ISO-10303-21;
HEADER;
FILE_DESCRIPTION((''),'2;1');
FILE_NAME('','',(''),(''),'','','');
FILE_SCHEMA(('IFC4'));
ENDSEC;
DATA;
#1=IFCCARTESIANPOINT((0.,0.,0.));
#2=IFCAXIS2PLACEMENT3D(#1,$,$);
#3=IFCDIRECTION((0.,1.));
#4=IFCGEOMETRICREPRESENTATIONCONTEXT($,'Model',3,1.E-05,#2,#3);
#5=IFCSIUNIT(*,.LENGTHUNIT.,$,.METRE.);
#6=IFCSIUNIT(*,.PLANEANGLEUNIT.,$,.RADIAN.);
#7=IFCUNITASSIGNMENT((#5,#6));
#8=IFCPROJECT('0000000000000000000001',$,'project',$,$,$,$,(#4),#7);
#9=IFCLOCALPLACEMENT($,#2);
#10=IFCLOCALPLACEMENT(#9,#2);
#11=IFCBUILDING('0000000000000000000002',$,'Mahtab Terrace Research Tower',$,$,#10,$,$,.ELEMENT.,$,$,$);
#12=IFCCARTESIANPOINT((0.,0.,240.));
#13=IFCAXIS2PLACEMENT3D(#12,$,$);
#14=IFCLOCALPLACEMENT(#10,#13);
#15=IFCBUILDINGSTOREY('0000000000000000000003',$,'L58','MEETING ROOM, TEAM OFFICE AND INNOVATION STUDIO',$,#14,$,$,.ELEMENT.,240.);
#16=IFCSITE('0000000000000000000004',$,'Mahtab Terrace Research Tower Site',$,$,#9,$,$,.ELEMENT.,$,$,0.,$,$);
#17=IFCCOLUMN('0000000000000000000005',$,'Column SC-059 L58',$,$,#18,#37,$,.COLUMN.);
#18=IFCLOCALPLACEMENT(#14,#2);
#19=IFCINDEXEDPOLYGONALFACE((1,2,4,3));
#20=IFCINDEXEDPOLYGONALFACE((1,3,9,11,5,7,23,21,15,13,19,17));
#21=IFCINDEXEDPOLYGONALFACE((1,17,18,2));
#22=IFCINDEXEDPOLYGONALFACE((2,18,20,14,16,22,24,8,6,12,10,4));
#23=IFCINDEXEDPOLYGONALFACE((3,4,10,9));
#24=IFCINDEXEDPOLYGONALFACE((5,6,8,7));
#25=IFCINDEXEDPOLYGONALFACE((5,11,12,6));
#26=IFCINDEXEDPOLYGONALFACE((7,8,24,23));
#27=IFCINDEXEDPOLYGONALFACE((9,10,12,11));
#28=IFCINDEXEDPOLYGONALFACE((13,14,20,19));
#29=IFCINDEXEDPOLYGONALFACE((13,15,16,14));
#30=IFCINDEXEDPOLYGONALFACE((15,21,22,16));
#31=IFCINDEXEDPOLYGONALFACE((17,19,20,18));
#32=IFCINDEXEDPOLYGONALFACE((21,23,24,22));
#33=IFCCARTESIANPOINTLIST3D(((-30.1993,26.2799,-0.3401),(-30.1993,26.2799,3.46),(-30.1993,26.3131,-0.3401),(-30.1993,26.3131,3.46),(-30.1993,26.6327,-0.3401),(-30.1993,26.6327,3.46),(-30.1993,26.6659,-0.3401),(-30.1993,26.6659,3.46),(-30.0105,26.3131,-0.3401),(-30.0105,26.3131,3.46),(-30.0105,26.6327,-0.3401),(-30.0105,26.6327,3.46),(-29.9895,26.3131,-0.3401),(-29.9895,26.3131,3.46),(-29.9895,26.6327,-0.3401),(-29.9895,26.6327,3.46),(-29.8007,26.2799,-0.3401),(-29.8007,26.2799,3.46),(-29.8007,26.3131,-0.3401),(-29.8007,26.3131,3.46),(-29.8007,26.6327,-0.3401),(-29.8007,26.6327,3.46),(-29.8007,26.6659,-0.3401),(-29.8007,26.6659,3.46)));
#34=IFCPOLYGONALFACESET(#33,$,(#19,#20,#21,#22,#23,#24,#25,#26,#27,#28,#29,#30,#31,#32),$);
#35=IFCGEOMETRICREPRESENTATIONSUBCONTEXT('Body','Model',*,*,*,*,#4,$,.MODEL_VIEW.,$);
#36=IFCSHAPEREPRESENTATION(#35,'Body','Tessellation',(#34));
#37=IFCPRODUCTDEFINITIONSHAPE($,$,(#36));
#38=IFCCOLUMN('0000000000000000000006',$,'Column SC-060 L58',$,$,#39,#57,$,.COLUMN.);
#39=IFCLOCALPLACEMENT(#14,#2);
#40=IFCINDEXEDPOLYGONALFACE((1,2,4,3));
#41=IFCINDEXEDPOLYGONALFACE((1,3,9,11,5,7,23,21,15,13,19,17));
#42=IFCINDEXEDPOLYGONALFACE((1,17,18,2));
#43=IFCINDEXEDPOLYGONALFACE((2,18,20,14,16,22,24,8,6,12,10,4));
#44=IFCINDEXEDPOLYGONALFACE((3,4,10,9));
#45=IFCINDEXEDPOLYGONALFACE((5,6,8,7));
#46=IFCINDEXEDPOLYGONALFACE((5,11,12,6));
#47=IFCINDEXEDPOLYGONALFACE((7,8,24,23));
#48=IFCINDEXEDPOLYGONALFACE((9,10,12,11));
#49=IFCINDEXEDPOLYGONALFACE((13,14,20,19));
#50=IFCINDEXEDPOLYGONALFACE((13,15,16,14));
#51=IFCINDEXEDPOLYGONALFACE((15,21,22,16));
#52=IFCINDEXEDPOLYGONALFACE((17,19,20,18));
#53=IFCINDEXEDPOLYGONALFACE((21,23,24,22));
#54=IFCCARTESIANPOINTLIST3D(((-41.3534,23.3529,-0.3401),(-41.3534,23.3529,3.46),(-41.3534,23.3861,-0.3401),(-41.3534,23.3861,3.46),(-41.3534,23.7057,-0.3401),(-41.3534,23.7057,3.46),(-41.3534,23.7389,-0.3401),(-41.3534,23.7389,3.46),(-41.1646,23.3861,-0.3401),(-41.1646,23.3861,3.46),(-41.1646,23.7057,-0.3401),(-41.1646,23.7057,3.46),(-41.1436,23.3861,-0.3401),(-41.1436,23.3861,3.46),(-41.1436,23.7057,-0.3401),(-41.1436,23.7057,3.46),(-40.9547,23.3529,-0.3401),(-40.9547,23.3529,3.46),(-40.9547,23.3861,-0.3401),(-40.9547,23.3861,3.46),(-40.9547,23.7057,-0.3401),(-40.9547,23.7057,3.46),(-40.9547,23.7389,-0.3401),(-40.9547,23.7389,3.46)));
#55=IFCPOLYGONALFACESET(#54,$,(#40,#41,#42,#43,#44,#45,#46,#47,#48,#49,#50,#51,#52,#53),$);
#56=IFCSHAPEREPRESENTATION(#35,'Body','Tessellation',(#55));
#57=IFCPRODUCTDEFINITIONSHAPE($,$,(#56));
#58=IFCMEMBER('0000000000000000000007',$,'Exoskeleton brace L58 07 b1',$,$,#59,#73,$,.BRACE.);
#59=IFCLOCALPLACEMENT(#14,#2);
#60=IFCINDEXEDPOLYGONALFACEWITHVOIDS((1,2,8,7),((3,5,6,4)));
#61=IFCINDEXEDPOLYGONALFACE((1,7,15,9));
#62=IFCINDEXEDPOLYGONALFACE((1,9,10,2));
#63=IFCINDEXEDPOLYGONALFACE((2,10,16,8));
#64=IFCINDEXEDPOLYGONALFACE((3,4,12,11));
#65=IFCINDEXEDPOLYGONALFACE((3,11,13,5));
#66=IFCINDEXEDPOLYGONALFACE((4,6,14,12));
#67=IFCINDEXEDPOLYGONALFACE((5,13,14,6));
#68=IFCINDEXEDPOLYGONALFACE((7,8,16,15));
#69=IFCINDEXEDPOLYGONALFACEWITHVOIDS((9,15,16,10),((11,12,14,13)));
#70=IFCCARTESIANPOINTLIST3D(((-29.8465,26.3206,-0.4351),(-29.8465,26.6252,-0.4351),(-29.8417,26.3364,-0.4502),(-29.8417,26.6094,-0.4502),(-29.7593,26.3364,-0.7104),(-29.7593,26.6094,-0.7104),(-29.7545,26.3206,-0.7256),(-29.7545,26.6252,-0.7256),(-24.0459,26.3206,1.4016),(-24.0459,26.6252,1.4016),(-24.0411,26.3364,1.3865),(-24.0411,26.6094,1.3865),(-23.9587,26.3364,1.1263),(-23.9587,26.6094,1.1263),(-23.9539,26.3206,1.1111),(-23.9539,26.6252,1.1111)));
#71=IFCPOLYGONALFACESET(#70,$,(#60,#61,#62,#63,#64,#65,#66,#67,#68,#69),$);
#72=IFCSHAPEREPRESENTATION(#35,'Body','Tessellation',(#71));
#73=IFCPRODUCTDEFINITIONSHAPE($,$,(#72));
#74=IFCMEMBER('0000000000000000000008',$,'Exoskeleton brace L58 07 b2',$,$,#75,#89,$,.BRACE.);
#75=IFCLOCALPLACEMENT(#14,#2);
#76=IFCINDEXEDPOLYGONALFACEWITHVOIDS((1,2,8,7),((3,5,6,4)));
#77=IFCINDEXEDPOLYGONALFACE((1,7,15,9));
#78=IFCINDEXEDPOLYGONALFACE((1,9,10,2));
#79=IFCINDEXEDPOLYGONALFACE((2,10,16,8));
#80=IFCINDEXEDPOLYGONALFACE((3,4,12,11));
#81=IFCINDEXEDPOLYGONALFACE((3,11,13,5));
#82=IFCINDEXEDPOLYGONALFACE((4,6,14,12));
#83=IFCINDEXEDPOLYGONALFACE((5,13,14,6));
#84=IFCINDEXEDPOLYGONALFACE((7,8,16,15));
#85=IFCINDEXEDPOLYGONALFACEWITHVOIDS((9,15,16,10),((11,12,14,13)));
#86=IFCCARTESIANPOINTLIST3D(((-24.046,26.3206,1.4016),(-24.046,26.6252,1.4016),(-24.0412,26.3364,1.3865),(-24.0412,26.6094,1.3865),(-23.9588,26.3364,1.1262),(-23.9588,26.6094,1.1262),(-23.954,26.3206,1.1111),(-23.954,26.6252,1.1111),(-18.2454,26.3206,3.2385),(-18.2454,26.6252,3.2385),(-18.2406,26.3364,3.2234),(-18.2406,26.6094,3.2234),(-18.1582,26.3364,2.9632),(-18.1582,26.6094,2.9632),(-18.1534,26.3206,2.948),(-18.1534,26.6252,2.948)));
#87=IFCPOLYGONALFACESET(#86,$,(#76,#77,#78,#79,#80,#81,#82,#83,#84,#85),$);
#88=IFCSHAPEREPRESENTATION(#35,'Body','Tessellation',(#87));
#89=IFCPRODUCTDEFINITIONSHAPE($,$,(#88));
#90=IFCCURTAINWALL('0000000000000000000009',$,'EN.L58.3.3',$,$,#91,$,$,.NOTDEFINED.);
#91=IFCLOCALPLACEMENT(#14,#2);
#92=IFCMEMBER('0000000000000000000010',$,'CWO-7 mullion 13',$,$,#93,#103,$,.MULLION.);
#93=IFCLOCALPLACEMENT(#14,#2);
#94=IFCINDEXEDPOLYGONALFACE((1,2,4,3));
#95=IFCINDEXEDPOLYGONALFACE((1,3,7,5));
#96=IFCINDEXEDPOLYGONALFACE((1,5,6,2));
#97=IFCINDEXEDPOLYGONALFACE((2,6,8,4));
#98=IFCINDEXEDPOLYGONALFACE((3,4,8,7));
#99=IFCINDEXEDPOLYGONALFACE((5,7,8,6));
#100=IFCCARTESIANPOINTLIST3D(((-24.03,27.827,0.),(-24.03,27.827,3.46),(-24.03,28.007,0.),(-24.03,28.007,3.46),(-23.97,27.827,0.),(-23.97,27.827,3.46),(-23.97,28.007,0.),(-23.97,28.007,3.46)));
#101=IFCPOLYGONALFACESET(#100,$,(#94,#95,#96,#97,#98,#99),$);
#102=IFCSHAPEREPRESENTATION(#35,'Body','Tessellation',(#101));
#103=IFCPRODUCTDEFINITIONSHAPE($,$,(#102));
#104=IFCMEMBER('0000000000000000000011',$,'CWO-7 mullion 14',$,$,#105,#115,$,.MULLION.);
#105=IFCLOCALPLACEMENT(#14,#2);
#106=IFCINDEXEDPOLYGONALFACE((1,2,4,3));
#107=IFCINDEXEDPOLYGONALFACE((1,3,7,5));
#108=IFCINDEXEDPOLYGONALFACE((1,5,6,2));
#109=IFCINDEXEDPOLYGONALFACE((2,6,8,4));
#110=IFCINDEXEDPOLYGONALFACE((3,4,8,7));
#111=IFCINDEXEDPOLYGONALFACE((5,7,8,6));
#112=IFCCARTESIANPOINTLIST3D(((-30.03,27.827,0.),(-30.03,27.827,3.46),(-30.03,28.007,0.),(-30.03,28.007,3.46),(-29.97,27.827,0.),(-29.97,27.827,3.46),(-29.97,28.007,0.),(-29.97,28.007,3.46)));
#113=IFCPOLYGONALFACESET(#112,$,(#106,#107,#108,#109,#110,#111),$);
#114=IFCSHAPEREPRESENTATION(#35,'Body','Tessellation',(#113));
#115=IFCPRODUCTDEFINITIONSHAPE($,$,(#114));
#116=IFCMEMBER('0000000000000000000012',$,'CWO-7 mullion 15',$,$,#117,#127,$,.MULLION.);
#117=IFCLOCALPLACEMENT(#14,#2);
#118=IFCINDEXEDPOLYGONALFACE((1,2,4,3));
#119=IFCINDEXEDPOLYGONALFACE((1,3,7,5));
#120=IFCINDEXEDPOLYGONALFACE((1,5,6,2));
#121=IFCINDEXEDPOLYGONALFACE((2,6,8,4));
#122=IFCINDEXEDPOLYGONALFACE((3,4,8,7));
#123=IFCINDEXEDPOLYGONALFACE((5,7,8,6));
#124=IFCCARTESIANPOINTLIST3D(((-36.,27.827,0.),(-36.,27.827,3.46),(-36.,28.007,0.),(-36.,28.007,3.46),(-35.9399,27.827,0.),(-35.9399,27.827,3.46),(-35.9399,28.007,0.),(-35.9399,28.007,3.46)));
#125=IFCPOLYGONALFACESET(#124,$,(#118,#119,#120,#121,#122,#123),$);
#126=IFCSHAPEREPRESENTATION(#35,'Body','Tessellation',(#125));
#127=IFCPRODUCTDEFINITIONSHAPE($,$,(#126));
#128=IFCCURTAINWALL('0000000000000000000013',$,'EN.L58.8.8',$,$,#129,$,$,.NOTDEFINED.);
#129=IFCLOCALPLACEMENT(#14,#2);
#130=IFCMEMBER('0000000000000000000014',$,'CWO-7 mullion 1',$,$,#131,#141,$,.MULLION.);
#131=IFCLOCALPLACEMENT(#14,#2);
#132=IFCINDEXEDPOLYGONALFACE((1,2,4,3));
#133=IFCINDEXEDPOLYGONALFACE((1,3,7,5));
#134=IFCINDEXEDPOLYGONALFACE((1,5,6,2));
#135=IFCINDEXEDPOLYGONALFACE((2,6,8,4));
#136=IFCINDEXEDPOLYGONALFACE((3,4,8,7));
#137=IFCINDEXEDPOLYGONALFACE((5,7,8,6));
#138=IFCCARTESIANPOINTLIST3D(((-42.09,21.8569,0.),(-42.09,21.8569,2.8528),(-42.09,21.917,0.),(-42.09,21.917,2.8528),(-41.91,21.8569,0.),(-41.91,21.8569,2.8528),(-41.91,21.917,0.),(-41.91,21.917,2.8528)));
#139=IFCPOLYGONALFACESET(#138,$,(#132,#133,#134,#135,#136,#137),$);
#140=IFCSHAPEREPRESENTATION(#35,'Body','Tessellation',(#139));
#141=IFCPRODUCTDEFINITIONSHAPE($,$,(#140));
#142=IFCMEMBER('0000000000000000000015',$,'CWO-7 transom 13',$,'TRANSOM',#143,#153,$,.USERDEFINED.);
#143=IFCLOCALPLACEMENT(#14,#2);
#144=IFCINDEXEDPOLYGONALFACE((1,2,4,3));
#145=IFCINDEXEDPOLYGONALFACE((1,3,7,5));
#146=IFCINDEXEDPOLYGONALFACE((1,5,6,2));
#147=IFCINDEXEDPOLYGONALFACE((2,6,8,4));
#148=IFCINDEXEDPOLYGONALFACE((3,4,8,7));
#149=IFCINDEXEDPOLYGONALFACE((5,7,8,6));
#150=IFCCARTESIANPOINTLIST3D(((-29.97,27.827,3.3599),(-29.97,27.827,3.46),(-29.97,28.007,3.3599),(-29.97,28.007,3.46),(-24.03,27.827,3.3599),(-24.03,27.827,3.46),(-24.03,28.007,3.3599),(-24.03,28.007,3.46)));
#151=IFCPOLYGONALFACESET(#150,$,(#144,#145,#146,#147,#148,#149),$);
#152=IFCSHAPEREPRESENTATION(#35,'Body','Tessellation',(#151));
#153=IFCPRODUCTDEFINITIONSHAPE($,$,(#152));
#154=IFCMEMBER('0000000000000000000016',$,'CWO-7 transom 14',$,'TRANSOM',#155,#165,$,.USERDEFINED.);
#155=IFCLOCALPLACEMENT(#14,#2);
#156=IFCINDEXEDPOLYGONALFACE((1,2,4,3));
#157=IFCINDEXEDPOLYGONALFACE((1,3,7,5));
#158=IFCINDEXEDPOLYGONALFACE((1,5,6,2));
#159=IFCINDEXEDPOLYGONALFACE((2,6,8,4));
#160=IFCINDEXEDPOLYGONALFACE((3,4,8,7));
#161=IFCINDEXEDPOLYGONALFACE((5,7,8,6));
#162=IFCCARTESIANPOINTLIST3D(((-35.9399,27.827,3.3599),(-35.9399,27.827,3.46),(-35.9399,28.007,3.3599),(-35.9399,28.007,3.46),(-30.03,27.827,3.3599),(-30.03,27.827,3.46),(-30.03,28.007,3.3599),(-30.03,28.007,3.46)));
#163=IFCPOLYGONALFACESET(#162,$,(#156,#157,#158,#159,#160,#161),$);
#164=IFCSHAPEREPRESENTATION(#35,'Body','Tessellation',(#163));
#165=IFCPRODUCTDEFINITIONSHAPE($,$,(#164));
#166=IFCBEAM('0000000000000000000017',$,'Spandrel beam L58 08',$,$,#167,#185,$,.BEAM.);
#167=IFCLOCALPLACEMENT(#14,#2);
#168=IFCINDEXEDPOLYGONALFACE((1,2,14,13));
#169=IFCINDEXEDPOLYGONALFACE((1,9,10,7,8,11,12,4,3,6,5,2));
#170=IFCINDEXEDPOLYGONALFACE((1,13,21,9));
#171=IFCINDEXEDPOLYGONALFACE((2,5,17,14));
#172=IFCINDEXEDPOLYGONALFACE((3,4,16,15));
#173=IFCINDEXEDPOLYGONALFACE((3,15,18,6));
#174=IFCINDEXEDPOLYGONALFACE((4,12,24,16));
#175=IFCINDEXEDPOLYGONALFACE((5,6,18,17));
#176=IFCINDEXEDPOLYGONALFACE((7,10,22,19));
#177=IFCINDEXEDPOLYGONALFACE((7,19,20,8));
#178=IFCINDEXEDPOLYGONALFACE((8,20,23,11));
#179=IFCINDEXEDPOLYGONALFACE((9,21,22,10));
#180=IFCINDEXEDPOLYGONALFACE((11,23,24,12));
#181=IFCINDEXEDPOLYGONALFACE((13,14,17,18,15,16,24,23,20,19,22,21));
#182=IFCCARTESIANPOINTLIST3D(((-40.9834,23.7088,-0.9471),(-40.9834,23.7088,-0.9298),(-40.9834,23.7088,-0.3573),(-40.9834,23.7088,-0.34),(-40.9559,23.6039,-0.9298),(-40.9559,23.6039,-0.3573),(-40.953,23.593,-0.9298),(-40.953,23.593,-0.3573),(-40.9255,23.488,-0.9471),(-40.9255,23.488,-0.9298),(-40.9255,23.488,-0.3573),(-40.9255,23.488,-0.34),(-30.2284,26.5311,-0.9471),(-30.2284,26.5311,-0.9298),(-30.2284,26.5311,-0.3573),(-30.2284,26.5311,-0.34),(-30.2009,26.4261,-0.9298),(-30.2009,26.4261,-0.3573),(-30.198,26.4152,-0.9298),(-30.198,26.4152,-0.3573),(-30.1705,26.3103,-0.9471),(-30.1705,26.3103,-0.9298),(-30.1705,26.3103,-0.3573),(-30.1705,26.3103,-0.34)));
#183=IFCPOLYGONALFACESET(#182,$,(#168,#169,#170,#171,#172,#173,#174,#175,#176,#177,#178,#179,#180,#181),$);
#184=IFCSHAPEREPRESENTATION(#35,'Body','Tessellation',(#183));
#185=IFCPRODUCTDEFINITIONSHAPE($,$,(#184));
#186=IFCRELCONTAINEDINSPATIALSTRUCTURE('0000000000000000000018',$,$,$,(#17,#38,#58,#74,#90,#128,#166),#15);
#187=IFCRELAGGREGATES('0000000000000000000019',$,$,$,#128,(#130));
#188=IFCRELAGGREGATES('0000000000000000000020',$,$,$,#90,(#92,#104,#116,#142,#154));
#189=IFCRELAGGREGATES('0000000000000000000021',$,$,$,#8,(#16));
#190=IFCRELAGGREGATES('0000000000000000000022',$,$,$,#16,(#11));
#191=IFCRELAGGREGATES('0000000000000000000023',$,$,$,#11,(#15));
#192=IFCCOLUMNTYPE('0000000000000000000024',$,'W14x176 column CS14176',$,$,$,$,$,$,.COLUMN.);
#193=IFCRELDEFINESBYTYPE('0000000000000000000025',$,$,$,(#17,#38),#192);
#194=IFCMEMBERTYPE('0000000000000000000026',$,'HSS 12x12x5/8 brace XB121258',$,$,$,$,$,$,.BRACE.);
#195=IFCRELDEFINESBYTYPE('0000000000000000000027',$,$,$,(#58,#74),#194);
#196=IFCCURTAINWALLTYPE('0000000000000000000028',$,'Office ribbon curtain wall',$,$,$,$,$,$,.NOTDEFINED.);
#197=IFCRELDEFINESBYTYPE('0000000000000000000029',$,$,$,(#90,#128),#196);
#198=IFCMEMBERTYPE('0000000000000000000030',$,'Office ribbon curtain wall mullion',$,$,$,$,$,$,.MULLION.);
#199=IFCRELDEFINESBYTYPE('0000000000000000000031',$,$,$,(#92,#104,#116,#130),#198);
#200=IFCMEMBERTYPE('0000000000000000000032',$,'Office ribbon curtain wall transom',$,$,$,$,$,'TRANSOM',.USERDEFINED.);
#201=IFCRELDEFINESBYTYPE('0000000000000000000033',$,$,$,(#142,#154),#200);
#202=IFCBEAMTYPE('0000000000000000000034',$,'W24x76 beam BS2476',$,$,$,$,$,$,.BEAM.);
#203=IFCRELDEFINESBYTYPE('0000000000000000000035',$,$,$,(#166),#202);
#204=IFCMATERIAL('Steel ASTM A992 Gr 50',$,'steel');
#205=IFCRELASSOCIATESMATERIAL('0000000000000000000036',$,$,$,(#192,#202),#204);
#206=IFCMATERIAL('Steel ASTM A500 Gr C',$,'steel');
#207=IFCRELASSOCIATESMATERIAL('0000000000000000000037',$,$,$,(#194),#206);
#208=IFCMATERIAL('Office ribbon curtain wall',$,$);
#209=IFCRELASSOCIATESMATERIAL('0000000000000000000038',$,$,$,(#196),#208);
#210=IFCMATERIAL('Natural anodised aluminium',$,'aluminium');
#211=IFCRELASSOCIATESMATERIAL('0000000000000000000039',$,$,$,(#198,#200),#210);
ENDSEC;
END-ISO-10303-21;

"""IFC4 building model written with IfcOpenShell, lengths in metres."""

from ifc_helpers import new_model, si_unit, direction, frame, origin, origin_2d, place, context, subcontext, project, spatial, rectangle, hollow_rectangle, i_section, extrude, material, material_profile, profile_set, type_object, element, aggregate, save


model = new_model("IFC4")

# Units and contexts
model_context = context("Model", 3, precision=1e-05, world=origin(), true_north=direction((0.0, 1.0)))
body_context = subcontext(model_context, "Body", "Model", "MODEL_VIEW")
ifc_project = project(units=[si_unit("LENGTHUNIT", "METRE"), si_unit("PLANEANGLEUNIT", "RADIAN")], contexts=[model_context])

# Site, building, storey
site_placement = place(None, origin())
site = spatial("IfcSite", under=ifc_project, at=site_placement, Name="Mahtab Terrace Research Tower Site", CompositionType="ELEMENT", RefElevation=0.0)
building_placement = place(site_placement, origin())
building = spatial("IfcBuilding", under=site, at=building_placement, Name="Mahtab Terrace Research Tower", CompositionType="ELEMENT")
storey_placement = place(building_placement, frame((0.0, 0.0, 240.0)))
storey = spatial("IfcBuildingStorey", under=building, at=storey_placement, Name="L58", Description="MEETING ROOM, TEAM OFFICE AND INNOVATION STUDIO", CompositionType="ELEMENT", Elevation=240.0)

# Columns
ifc_material_1 = material(Name="Steel ASTM A992 Gr 50", Category="steel")
ifc_material_profile_1 = material_profile(ifc_material_1, i_section(OverallWidth=0.3987, OverallDepth=0.386, WebThickness=0.021, FlangeThickness=0.0332, at=origin_2d()), Name="W14X176")
ifc_profile_set_1 = profile_set([ifc_material_profile_1], Name="Steel ASTM A992 Gr 50")
column_type = type_object("IfcColumnType", Name="W14x176 column CS14176", PredefinedType="COLUMN", material=ifc_profile_set_1)
for number, where, z_axis, x_axis, name in (
    (1, (-30.0, 26.4729, -0.3401), (0.0, 0.0, 1.0), (1.0, 0.0, 0.0), "Column SC-059 L58"),
    (2, (-41.1541, 23.5459, -0.3401), (0.0, 0.0, 1.0), (1.0, 0.0, 0.0), "Column SC-060 L58"),
):
    element("IfcColumn", number, at=place(storey_placement, frame(where, z_axis=z_axis, x_axis=x_axis)), inside=storey, type_object=column_type, Name=name, PredefinedType="COLUMN", context=body_context, shape_type="SweptSolid", body=[
        extrude(i_section(OverallWidth=0.3987, OverallDepth=0.386, WebThickness=0.021, FlangeThickness=0.0332, at=origin_2d()), origin(), (0.0, 0.0, 1.0), 3.8),
    ])

# Members
ifc_material_2 = material(Name="Steel ASTM A500 Gr C", Category="steel")
ifc_material_profile_2 = material_profile(ifc_material_2, hollow_rectangle(XDim=0.3047, YDim=0.3047, WallThickness=0.0159, at=origin_2d()), Name="HSS12X12X5/8")
ifc_profile_set_2 = profile_set([ifc_material_profile_2], Name="Steel ASTM A500 Gr C")
member_type_1 = type_object("IfcMemberType", Name="HSS 12x12x5/8 brace XB121258", PredefinedType="BRACE", material=ifc_profile_set_2)
for number, where, z_axis, x_axis, name in (
    (3, (-29.8005, 26.4729, -0.5803), (0.95335, 0.0, 0.301867), (0.0, 1.0, 0.0), "Exoskeleton brace L58 07 b1"),
    (4, (-24.0, 26.4729, 1.2563), (0.953339, 0.0, 0.301903), (0.0, 1.0, 0.0), "Exoskeleton brace L58 07 b2"),
):
    element("IfcMember", number, at=place(storey_placement, frame(where, z_axis=z_axis, x_axis=x_axis)), inside=storey, type_object=member_type_1, Name=name, PredefinedType="BRACE", context=body_context, shape_type="SweptSolid", body=[
        extrude(hollow_rectangle(XDim=0.3047, YDim=0.3047, WallThickness=0.0159, at=origin_2d()), origin(), (0.0, 0.0, 1.0), 6.0845),
    ])

# Curtain wall, members
ifc_material_3 = material(Name="Office ribbon curtain wall")
curtain_wall_type = type_object("IfcCurtainWallType", Name="Office ribbon curtain wall", PredefinedType="NOTDEFINED", material=ifc_material_3)
curtain_wall_1_placement = place(storey_placement, origin())
curtain_wall_1 = element("IfcCurtainWall", 5, at=curtain_wall_1_placement, inside=storey, type_object=curtain_wall_type, Name="EN.L58.3.3", PredefinedType="NOTDEFINED")
ifc_material_4 = material(Name="Natural anodised aluminium", Category="aluminium")
ifc_material_profile_3 = material_profile(ifc_material_4, rectangle(XDim=0.1799, YDim=0.0601, at=origin_2d()), Name="MULLION 60x180")
ifc_profile_set_3 = profile_set([ifc_material_profile_3], Name="Natural anodised aluminium")
member_type_2 = type_object("IfcMemberType", Name="Office ribbon curtain wall mullion", PredefinedType="MULLION", material=ifc_profile_set_3)
member_1_placement = place(storey_placement, frame((-24.0, 27.917, 0.0), z_axis=(0.0, 0.0, 1.0), x_axis=(0.0, -1.0, 0.0)))
member_1 = element("IfcMember", 6, at=member_1_placement, type_object=member_type_2, Name="CWO-7 mullion 13", PredefinedType="MULLION", context=body_context, shape_type="SweptSolid", body=[
    extrude(rectangle(XDim=0.1799, YDim=0.0601, at=origin_2d()), origin(), (0.0, 0.0, 1.0), 3.46),
])
member_2_placement = place(storey_placement, frame((-30.0, 27.917, 0.0), z_axis=(0.0, 0.0, 1.0), x_axis=(0.0, -1.0, 0.0)))
member_2 = element("IfcMember", 7, at=member_2_placement, type_object=member_type_2, Name="CWO-7 mullion 14", PredefinedType="MULLION", context=body_context, shape_type="SweptSolid", body=[
    extrude(rectangle(XDim=0.1799, YDim=0.0601, at=origin_2d()), origin(), (0.0, 0.0, 1.0), 3.46),
])
member_3_placement = place(storey_placement, frame((-35.97, 27.917, 0.0), z_axis=(0.0, 0.0, 1.0), x_axis=(0.0, -1.0, 0.0)))
member_3 = element("IfcMember", 8, at=member_3_placement, type_object=member_type_2, Name="CWO-7 mullion 15", PredefinedType="MULLION", context=body_context, shape_type="SweptSolid", body=[
    extrude(rectangle(XDim=0.1799, YDim=0.0601, at=origin_2d()), origin(), (0.0, 0.0, 1.0), 3.46),
])

# Curtain wall, member
curtain_wall_2_placement = place(storey_placement, origin())
curtain_wall_2 = element("IfcCurtainWall", 9, at=curtain_wall_2_placement, inside=storey, type_object=curtain_wall_type, Name="EN.L58.8.8", PredefinedType="NOTDEFINED")
member_4_placement = place(storey_placement, frame((-42.0, 21.887, 0.0), z_axis=(0.0, 0.0, 1.0), x_axis=(1.0, 0.0, 0.0)))
member_4 = element("IfcMember", 10, at=member_4_placement, type_object=member_type_2, Name="CWO-7 mullion 1", PredefinedType="MULLION", context=body_context, shape_type="SweptSolid", body=[
    extrude(rectangle(XDim=0.1799, YDim=0.0601, at=origin_2d()), origin(), (0.0, 0.0, 1.0), 2.8528),
])
aggregate(curtain_wall_2, [member_4])

# Members
ifc_material_profile_4 = material_profile(ifc_material_4, rectangle(XDim=0.1799, YDim=0.1001, at=origin_2d()), Name="TRANSOM 100x180")
ifc_profile_set_4 = profile_set([ifc_material_profile_4], Name="Natural anodised aluminium")
member_type_3 = type_object("IfcMemberType", Name="Office ribbon curtain wall transom", ElementType="TRANSOM", PredefinedType="USERDEFINED", material=ifc_profile_set_4)
member_5_placement = place(storey_placement, frame((-24.03, 27.917, 3.4099), z_axis=(-1.0, 0.0, 0.0), x_axis=(0.0, -1.0, 0.0)))
member_5 = element("IfcMember", 11, at=member_5_placement, type_object=member_type_3, Name="CWO-7 transom 13", ObjectType="TRANSOM", PredefinedType="USERDEFINED", context=body_context, shape_type="SweptSolid", body=[
    extrude(rectangle(XDim=0.1799, YDim=0.1001, at=origin_2d()), origin(), (0.0, 0.0, 1.0), 5.9399),
])
member_6_placement = place(storey_placement, frame((-30.03, 27.917, 3.4099), z_axis=(-1.0, 0.0, 0.0), x_axis=(0.0, -1.0, 0.0)))
member_6 = element("IfcMember", 12, at=member_6_placement, type_object=member_type_3, Name="CWO-7 transom 14", ObjectType="TRANSOM", PredefinedType="USERDEFINED", context=body_context, shape_type="SweptSolid", body=[
    extrude(rectangle(XDim=0.1799, YDim=0.1001, at=origin_2d()), origin(), (0.0, 0.0, 1.0), 5.9099),
])

# Beam
ifc_material_profile_5 = material_profile(ifc_material_1, i_section(OverallWidth=0.2283, OverallDepth=0.6072, WebThickness=0.0112, FlangeThickness=0.0173, at=origin_2d()), Name="W24X76")
ifc_profile_set_5 = profile_set([ifc_material_profile_5], Name="Steel ASTM A992 Gr 50")
beam_type = type_object("IfcBeamType", Name="W24x76 beam BS2476", PredefinedType="BEAM", material=ifc_profile_set_5)
beam_1_placement = place(storey_placement, frame((-30.1995, 26.4207, -0.6436), z_axis=(-0.967252, -0.253818, 0.0), x_axis=(0.253818, -0.967252, 0.0)))
element("IfcBeam", 13, at=beam_1_placement, inside=storey, type_object=beam_type, Name="Spandrel beam L58 08", PredefinedType="BEAM", context=body_context, shape_type="SweptSolid", body=[
    extrude(i_section(OverallWidth=0.2283, OverallDepth=0.6072, WebThickness=0.0112, FlangeThickness=0.0173, at=origin_2d()), origin(), (0.0, 0.0, 1.0), 11.1191),
])

aggregate(curtain_wall_1, [member_1, member_2, member_3, member_5, member_6])

save(model, "model.ifc")
